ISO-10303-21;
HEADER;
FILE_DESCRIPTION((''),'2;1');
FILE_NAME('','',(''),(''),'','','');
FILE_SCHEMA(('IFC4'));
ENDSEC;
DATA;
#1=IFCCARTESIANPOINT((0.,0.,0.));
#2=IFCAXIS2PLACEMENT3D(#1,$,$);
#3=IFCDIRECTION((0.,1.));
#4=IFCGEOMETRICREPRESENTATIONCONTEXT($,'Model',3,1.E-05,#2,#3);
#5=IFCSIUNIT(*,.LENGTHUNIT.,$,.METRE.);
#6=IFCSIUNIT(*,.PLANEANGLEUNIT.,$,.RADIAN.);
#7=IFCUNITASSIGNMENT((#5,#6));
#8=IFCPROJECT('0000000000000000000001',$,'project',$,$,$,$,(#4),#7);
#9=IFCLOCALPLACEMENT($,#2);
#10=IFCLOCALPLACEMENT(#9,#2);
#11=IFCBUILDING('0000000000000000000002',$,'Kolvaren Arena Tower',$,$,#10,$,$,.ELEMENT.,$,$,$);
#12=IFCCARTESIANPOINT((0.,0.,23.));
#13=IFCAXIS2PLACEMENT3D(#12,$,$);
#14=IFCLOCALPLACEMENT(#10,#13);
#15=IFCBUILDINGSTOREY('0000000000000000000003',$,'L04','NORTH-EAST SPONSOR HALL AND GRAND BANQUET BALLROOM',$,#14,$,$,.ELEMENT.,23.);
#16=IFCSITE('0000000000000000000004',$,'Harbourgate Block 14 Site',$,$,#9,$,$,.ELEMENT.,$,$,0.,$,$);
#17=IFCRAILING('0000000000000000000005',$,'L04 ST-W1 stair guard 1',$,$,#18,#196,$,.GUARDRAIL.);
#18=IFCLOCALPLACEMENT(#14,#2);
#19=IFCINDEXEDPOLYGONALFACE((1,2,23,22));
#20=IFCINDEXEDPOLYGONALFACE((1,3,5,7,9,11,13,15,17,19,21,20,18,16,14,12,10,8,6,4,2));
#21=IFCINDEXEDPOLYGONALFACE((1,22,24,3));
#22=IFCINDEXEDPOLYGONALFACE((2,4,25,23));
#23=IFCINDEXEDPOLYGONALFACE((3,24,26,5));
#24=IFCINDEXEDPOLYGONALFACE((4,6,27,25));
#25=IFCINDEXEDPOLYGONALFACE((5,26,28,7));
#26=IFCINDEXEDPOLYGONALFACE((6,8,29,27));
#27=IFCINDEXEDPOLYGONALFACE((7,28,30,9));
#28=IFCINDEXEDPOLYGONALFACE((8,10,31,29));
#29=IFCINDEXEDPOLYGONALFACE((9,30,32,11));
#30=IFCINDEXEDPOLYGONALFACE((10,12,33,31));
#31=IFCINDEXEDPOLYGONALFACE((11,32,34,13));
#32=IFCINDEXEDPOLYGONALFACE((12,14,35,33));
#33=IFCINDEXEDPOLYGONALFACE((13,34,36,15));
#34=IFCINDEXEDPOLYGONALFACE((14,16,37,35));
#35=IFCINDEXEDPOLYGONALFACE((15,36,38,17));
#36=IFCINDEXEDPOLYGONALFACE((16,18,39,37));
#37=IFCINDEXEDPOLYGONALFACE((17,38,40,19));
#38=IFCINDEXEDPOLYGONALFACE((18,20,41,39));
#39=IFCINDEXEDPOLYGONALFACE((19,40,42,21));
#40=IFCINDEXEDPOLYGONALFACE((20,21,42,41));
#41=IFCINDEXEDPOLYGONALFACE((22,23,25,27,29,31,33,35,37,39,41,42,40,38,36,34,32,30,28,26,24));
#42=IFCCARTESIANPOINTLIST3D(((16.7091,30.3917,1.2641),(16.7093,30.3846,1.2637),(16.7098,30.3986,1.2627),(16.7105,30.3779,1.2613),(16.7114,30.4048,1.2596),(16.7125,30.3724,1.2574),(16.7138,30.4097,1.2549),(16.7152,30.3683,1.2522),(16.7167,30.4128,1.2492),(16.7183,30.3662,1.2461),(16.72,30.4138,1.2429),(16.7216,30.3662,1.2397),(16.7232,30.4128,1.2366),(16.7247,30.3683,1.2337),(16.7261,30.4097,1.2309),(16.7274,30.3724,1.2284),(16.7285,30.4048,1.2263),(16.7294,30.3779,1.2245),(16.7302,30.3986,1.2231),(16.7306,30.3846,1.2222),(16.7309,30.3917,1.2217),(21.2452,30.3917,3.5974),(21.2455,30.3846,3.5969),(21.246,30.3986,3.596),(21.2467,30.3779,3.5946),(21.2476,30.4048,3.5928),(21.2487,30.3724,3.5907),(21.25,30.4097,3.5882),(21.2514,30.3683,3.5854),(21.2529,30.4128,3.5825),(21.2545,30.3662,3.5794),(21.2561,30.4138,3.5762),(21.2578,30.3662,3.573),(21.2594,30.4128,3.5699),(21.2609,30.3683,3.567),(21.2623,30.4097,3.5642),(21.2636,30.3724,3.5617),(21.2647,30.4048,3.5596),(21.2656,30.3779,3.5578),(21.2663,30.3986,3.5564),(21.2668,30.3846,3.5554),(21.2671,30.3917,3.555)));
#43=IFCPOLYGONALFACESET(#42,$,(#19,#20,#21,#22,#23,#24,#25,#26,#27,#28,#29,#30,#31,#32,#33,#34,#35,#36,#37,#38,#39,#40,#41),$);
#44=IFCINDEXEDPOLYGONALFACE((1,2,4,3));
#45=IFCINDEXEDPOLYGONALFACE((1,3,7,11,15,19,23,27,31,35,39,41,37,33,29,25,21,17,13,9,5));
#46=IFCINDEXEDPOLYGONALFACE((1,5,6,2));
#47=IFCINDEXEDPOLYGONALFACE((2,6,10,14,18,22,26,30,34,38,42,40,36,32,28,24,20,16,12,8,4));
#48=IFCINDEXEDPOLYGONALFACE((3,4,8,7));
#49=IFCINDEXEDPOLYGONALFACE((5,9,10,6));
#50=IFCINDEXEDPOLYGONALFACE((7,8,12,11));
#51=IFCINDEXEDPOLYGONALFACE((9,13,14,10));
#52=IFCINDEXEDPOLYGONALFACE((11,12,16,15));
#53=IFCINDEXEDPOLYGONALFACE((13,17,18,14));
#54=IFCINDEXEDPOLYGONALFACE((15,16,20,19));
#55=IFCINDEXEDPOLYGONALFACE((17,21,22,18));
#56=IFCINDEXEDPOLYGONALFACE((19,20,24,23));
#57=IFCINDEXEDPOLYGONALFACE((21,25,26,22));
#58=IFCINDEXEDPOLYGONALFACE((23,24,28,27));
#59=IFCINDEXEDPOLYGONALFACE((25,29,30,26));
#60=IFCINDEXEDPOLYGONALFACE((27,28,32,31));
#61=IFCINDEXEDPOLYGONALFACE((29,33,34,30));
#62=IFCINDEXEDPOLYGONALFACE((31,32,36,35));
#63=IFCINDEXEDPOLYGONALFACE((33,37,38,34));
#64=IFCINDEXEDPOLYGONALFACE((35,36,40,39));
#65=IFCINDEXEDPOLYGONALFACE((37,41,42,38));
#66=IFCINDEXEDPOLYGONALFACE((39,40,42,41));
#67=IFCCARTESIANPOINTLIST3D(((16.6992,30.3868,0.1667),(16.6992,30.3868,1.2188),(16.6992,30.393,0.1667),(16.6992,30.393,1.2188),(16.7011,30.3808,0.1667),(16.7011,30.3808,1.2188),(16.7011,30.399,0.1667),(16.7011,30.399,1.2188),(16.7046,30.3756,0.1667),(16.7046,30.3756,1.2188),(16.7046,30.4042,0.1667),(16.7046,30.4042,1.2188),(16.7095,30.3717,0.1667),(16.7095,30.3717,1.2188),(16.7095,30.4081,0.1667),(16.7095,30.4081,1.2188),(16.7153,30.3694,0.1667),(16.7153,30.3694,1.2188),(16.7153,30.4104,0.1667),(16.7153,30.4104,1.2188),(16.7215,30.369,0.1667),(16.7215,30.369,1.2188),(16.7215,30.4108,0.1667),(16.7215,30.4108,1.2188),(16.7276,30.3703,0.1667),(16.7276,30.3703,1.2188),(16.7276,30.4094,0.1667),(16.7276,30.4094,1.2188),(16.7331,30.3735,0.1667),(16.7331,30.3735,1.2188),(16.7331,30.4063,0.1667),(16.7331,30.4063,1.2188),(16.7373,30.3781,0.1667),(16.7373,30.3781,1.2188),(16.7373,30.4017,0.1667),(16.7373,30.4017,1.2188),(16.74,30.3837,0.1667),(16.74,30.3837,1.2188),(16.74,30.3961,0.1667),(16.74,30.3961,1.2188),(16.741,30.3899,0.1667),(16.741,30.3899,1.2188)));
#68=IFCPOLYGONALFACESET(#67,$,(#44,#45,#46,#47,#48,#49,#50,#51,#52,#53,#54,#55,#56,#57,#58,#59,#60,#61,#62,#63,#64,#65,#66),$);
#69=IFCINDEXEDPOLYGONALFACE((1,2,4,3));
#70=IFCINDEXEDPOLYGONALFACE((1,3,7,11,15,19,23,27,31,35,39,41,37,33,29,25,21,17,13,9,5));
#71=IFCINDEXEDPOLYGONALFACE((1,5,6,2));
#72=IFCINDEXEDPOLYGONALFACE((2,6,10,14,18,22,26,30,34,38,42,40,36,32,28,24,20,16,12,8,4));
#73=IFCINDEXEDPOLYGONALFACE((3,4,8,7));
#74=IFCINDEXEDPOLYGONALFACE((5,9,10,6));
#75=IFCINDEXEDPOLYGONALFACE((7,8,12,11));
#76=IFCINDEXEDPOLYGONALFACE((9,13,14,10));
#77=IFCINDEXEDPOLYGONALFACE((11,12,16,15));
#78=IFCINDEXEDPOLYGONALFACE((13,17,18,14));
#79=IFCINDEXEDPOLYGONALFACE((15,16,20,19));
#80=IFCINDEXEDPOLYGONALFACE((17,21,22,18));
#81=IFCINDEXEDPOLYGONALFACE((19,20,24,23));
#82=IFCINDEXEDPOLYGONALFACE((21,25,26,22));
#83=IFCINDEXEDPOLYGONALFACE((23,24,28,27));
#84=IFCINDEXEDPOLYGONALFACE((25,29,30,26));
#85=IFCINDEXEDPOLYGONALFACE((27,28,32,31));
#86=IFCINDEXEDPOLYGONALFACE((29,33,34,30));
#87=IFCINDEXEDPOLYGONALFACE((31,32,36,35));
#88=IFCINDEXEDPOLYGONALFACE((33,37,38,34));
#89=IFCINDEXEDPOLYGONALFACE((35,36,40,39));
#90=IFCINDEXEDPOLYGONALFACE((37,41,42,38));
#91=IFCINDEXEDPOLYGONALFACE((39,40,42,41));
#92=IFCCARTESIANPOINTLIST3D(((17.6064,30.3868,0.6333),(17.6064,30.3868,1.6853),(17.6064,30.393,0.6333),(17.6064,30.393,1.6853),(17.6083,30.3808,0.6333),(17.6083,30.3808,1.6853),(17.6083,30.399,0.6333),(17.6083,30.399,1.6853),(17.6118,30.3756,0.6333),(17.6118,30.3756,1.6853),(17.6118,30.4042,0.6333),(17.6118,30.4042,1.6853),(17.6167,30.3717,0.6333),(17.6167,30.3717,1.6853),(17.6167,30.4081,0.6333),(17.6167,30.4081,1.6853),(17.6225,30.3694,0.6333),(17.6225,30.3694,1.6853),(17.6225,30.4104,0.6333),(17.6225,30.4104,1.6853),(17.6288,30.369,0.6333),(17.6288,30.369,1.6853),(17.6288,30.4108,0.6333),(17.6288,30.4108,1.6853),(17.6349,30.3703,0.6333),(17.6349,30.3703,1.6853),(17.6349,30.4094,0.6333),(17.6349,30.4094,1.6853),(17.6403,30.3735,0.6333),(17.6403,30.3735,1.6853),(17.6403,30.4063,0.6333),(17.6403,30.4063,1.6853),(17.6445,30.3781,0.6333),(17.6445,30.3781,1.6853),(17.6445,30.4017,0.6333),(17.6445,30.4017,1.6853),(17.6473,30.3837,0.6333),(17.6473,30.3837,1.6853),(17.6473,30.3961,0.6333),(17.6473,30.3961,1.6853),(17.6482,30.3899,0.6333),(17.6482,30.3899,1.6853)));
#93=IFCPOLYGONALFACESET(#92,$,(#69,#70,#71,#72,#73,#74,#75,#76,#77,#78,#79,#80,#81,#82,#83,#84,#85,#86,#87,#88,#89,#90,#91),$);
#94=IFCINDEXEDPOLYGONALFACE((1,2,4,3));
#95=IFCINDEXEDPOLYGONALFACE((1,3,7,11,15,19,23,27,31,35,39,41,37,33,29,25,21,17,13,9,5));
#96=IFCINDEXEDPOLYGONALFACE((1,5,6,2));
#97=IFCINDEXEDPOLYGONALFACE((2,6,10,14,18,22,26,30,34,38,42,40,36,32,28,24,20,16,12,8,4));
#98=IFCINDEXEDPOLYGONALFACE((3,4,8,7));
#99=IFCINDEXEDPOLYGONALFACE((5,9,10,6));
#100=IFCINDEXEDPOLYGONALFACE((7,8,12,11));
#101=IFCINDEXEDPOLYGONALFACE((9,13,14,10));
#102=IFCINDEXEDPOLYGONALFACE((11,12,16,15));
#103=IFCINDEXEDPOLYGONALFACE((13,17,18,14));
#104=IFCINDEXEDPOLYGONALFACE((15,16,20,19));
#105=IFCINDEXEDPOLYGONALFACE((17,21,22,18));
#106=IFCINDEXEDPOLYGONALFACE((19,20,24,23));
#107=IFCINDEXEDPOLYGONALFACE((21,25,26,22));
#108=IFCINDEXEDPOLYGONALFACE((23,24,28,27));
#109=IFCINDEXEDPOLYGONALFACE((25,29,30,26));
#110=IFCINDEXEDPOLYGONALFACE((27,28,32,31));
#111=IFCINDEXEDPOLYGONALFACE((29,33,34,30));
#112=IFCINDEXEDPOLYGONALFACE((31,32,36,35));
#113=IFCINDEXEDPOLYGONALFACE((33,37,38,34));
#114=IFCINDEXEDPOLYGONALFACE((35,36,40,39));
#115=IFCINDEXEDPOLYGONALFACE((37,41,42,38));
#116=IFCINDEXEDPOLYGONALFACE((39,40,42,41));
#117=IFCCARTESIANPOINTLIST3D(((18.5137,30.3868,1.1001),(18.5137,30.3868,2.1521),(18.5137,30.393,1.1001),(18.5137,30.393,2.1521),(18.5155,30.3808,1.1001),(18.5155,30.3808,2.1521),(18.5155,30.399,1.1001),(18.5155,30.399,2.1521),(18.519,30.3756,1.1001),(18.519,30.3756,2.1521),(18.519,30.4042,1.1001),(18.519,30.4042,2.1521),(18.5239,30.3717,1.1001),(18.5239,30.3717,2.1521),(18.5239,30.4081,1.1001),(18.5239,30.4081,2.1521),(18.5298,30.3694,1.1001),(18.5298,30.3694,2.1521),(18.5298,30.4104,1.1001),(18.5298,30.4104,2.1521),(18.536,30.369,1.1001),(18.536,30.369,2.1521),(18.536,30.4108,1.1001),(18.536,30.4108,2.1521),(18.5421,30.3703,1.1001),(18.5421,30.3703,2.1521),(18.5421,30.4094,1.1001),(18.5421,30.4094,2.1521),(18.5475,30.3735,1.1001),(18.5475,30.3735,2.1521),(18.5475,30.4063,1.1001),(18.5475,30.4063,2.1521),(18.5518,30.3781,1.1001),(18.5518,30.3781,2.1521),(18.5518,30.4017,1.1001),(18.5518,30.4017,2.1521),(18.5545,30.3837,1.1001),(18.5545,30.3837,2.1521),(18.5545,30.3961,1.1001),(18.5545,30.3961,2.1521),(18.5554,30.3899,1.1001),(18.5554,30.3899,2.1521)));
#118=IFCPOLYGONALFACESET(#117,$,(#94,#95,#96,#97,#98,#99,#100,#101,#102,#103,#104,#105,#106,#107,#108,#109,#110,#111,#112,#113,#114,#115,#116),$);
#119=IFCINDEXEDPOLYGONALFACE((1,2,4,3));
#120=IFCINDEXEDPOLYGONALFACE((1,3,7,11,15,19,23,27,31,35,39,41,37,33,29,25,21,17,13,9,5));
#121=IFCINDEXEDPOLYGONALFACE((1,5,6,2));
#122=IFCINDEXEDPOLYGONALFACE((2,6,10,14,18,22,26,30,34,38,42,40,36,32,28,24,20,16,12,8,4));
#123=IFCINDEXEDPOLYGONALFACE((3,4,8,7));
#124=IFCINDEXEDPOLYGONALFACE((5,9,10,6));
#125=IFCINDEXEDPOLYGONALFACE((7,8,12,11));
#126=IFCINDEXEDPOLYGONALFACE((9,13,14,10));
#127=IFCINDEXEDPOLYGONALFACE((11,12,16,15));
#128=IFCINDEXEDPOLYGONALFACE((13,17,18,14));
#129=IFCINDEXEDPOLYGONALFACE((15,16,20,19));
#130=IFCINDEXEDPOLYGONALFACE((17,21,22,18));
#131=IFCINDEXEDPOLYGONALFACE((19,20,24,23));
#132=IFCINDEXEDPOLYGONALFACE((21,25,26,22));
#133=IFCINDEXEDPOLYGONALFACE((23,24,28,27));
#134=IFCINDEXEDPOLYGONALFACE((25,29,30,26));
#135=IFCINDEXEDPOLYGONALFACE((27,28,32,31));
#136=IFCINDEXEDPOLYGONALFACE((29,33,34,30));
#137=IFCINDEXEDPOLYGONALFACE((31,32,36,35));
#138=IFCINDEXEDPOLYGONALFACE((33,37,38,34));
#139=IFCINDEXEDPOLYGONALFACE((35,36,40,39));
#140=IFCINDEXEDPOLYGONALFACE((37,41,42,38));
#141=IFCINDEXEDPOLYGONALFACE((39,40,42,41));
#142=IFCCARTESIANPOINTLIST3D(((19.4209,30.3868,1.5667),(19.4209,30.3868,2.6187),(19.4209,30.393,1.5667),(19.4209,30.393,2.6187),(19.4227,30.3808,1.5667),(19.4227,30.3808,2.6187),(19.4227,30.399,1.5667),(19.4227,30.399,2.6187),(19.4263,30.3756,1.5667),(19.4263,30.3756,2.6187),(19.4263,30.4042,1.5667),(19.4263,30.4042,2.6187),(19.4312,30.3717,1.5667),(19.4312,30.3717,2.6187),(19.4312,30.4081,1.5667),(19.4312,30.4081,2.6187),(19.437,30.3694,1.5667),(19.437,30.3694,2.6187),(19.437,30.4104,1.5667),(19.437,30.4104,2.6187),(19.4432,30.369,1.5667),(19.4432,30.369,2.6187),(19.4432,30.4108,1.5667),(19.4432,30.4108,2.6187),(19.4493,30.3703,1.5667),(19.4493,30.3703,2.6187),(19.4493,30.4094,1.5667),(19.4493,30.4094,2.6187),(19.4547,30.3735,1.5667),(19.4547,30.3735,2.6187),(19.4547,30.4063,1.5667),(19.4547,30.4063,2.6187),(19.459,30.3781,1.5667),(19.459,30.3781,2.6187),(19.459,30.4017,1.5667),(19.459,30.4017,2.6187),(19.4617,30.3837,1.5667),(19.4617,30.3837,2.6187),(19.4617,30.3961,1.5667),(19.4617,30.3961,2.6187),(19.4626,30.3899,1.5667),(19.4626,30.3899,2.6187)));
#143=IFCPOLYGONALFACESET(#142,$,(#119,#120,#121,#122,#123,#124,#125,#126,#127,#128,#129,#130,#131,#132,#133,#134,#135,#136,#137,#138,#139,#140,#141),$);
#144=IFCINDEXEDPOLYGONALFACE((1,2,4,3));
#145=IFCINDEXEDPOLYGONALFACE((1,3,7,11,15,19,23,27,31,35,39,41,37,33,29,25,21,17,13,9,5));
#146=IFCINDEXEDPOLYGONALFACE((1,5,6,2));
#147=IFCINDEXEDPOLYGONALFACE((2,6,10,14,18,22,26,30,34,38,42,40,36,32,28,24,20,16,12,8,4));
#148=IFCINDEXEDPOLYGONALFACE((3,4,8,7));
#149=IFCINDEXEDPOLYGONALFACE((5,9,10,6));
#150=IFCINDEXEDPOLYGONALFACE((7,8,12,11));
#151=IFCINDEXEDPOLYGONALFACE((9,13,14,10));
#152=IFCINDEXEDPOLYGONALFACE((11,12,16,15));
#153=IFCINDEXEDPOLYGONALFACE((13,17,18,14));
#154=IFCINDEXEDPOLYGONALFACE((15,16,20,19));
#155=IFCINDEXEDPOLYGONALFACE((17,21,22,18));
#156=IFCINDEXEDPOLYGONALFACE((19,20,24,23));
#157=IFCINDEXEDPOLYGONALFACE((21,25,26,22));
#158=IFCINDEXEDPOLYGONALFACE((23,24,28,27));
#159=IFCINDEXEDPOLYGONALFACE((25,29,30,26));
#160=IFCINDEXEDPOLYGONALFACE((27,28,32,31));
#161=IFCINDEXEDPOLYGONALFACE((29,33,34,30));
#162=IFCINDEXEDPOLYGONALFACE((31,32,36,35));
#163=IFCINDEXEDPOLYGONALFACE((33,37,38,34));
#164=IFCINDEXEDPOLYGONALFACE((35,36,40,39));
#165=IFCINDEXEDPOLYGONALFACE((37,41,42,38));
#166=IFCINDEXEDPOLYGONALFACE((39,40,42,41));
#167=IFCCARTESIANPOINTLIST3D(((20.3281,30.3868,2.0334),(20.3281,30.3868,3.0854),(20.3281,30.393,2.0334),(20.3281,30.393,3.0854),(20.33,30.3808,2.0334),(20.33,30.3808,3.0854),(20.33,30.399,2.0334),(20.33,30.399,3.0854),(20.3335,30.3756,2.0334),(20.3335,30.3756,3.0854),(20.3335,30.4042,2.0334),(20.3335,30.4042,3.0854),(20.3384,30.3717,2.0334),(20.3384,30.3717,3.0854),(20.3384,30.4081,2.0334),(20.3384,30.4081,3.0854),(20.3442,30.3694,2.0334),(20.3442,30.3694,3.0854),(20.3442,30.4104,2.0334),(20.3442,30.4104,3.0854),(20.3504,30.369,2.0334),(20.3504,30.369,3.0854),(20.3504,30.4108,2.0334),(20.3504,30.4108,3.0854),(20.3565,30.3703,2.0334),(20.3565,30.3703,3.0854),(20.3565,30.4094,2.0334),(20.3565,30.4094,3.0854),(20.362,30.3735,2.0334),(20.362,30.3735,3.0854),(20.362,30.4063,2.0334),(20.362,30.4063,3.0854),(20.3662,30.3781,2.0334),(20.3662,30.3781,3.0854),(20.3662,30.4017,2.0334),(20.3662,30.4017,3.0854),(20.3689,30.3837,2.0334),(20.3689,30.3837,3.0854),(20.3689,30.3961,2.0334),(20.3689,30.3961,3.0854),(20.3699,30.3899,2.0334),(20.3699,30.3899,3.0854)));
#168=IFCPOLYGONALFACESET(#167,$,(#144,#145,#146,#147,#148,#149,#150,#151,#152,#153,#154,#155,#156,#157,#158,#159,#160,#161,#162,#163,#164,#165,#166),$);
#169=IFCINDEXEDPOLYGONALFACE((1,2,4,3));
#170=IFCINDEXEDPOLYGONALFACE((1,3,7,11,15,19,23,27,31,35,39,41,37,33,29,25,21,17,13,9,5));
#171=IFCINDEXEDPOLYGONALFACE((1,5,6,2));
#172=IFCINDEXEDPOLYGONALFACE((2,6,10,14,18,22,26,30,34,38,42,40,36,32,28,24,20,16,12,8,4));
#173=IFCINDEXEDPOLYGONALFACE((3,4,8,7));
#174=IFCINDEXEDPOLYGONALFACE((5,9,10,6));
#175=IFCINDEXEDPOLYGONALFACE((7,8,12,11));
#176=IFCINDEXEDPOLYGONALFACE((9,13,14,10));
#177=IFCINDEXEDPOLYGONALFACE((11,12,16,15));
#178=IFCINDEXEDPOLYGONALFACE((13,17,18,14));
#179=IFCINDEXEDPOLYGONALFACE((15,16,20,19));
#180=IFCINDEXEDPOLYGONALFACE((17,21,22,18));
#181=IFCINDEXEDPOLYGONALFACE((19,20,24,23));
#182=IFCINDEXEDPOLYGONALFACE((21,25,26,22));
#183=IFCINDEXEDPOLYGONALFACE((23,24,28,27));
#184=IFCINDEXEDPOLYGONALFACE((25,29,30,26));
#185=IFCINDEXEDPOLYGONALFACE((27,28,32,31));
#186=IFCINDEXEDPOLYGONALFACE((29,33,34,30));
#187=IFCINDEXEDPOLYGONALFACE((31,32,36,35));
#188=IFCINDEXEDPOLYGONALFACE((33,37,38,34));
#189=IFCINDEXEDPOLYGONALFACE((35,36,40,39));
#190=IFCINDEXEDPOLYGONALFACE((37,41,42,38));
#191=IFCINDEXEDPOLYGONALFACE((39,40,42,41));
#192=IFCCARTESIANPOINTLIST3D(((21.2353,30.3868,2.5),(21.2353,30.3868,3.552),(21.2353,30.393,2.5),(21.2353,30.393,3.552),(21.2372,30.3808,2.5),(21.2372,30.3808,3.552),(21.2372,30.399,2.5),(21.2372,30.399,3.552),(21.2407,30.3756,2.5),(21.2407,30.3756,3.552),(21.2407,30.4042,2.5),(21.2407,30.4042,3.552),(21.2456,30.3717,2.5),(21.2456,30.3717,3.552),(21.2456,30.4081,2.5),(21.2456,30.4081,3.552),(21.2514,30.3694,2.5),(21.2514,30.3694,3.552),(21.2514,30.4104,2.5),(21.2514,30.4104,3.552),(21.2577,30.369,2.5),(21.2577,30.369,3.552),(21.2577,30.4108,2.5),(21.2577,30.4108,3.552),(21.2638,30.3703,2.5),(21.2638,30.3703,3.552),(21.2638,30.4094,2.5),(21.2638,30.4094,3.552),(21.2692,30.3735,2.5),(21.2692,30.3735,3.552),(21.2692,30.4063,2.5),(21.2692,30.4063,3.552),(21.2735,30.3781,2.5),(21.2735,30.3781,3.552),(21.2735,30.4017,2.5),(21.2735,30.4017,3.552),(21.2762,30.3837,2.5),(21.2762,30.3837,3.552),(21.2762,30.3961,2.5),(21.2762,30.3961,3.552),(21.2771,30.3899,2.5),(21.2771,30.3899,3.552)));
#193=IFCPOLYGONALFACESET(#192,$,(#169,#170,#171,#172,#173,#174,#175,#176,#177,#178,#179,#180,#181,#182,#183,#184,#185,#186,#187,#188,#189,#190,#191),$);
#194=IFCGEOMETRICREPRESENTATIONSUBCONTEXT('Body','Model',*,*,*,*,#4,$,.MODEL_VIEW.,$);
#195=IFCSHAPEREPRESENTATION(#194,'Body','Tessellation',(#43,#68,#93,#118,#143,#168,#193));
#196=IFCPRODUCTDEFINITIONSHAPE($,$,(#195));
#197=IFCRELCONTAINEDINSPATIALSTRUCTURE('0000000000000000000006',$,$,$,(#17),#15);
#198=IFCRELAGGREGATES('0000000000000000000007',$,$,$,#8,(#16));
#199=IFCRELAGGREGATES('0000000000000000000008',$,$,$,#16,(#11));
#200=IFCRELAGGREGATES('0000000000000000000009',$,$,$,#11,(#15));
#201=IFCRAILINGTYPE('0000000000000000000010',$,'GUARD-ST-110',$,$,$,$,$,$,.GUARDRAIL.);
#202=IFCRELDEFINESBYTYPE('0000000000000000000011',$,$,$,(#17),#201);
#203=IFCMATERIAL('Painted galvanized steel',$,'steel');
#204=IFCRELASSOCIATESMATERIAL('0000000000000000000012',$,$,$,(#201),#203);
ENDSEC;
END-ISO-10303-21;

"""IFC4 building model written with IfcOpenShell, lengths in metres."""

from ifc_helpers import new_model, si_unit, direction, frame, origin, origin_2d, place, context, subcontext, project, spatial, circle, extrude, material, type_object, element, save


model = new_model("IFC4")

# Units and contexts
model_context = context("Model", 3, precision=1e-05, world=origin(), true_north=direction((0.0, 1.0)))
body_context = subcontext(model_context, "Body", "Model", "MODEL_VIEW")
ifc_project = project(units=[si_unit("LENGTHUNIT", "METRE"), si_unit("PLANEANGLEUNIT", "RADIAN")], contexts=[model_context])

# Site, building, storey
site_placement = place(None, origin())
site = spatial("IfcSite", under=ifc_project, at=site_placement, Name="Harbourgate Block 14 Site", CompositionType="ELEMENT", RefElevation=0.0)
building_placement = place(site_placement, origin())
building = spatial("IfcBuilding", under=site, at=building_placement, Name="Kolvaren Arena Tower", CompositionType="ELEMENT")
storey_placement = place(building_placement, frame((0.0, 0.0, 23.0)))
storey = spatial("IfcBuildingStorey", under=building, at=storey_placement, Name="L04", Description="NORTH-EAST SPONSOR HALL AND GRAND BANQUET BALLROOM", CompositionType="ELEMENT", Elevation=23.0)

# Railing
ifc_material_1 = material(Name="Painted galvanized steel", Category="steel")
railing_type_1 = type_object("IfcRailingType", Name="GUARD-ST-110", PredefinedType="GUARDRAIL", material=ifc_material_1)
railing_1_placement = place(storey_placement, frame((16.72, 30.3899, 0.1667)))
element("IfcRailing", 1, at=railing_1_placement, inside=storey, type_object=railing_type_1, Name="L04 ST-W1 stair guard 1", PredefinedType="GUARDRAIL", context=body_context, shape_type="SweptSolid", body=[
    extrude(circle(Radius=0.0239, at=origin_2d()), frame((0.0, 0.0, 1.0762), z_axis=(0.889257, 0.0, 0.457407), x_axis=(0.0, 1.0, 0.0)), (0.0, 0.0, 1.0), 5.1011),
    extrude(circle(Radius=0.021, at=origin_2d()), origin(), (0.0, 0.0, 1.0), 1.052),
    extrude(circle(Radius=0.021, at=origin_2d()), frame((0.9072, 0.0, 0.4666)), (0.0, 0.0, 1.0), 1.052),
    extrude(circle(Radius=0.021, at=origin_2d()), frame((1.8145, 0.0, 0.9333)), (0.0, 0.0, 1.0), 1.052),
    extrude(circle(Radius=0.021, at=origin_2d()), frame((2.7217, 0.0, 1.3999)), (0.0, 0.0, 1.0), 1.052),
    extrude(circle(Radius=0.021, at=origin_2d()), frame((3.6289, 0.0, 1.8667)), (0.0, 0.0, 1.0), 1.052),
    extrude(circle(Radius=0.021, at=origin_2d()), frame((4.5361, 0.0, 2.3333)), (0.0, 0.0, 1.0), 1.052),
])

save(model, "model.ifc")
